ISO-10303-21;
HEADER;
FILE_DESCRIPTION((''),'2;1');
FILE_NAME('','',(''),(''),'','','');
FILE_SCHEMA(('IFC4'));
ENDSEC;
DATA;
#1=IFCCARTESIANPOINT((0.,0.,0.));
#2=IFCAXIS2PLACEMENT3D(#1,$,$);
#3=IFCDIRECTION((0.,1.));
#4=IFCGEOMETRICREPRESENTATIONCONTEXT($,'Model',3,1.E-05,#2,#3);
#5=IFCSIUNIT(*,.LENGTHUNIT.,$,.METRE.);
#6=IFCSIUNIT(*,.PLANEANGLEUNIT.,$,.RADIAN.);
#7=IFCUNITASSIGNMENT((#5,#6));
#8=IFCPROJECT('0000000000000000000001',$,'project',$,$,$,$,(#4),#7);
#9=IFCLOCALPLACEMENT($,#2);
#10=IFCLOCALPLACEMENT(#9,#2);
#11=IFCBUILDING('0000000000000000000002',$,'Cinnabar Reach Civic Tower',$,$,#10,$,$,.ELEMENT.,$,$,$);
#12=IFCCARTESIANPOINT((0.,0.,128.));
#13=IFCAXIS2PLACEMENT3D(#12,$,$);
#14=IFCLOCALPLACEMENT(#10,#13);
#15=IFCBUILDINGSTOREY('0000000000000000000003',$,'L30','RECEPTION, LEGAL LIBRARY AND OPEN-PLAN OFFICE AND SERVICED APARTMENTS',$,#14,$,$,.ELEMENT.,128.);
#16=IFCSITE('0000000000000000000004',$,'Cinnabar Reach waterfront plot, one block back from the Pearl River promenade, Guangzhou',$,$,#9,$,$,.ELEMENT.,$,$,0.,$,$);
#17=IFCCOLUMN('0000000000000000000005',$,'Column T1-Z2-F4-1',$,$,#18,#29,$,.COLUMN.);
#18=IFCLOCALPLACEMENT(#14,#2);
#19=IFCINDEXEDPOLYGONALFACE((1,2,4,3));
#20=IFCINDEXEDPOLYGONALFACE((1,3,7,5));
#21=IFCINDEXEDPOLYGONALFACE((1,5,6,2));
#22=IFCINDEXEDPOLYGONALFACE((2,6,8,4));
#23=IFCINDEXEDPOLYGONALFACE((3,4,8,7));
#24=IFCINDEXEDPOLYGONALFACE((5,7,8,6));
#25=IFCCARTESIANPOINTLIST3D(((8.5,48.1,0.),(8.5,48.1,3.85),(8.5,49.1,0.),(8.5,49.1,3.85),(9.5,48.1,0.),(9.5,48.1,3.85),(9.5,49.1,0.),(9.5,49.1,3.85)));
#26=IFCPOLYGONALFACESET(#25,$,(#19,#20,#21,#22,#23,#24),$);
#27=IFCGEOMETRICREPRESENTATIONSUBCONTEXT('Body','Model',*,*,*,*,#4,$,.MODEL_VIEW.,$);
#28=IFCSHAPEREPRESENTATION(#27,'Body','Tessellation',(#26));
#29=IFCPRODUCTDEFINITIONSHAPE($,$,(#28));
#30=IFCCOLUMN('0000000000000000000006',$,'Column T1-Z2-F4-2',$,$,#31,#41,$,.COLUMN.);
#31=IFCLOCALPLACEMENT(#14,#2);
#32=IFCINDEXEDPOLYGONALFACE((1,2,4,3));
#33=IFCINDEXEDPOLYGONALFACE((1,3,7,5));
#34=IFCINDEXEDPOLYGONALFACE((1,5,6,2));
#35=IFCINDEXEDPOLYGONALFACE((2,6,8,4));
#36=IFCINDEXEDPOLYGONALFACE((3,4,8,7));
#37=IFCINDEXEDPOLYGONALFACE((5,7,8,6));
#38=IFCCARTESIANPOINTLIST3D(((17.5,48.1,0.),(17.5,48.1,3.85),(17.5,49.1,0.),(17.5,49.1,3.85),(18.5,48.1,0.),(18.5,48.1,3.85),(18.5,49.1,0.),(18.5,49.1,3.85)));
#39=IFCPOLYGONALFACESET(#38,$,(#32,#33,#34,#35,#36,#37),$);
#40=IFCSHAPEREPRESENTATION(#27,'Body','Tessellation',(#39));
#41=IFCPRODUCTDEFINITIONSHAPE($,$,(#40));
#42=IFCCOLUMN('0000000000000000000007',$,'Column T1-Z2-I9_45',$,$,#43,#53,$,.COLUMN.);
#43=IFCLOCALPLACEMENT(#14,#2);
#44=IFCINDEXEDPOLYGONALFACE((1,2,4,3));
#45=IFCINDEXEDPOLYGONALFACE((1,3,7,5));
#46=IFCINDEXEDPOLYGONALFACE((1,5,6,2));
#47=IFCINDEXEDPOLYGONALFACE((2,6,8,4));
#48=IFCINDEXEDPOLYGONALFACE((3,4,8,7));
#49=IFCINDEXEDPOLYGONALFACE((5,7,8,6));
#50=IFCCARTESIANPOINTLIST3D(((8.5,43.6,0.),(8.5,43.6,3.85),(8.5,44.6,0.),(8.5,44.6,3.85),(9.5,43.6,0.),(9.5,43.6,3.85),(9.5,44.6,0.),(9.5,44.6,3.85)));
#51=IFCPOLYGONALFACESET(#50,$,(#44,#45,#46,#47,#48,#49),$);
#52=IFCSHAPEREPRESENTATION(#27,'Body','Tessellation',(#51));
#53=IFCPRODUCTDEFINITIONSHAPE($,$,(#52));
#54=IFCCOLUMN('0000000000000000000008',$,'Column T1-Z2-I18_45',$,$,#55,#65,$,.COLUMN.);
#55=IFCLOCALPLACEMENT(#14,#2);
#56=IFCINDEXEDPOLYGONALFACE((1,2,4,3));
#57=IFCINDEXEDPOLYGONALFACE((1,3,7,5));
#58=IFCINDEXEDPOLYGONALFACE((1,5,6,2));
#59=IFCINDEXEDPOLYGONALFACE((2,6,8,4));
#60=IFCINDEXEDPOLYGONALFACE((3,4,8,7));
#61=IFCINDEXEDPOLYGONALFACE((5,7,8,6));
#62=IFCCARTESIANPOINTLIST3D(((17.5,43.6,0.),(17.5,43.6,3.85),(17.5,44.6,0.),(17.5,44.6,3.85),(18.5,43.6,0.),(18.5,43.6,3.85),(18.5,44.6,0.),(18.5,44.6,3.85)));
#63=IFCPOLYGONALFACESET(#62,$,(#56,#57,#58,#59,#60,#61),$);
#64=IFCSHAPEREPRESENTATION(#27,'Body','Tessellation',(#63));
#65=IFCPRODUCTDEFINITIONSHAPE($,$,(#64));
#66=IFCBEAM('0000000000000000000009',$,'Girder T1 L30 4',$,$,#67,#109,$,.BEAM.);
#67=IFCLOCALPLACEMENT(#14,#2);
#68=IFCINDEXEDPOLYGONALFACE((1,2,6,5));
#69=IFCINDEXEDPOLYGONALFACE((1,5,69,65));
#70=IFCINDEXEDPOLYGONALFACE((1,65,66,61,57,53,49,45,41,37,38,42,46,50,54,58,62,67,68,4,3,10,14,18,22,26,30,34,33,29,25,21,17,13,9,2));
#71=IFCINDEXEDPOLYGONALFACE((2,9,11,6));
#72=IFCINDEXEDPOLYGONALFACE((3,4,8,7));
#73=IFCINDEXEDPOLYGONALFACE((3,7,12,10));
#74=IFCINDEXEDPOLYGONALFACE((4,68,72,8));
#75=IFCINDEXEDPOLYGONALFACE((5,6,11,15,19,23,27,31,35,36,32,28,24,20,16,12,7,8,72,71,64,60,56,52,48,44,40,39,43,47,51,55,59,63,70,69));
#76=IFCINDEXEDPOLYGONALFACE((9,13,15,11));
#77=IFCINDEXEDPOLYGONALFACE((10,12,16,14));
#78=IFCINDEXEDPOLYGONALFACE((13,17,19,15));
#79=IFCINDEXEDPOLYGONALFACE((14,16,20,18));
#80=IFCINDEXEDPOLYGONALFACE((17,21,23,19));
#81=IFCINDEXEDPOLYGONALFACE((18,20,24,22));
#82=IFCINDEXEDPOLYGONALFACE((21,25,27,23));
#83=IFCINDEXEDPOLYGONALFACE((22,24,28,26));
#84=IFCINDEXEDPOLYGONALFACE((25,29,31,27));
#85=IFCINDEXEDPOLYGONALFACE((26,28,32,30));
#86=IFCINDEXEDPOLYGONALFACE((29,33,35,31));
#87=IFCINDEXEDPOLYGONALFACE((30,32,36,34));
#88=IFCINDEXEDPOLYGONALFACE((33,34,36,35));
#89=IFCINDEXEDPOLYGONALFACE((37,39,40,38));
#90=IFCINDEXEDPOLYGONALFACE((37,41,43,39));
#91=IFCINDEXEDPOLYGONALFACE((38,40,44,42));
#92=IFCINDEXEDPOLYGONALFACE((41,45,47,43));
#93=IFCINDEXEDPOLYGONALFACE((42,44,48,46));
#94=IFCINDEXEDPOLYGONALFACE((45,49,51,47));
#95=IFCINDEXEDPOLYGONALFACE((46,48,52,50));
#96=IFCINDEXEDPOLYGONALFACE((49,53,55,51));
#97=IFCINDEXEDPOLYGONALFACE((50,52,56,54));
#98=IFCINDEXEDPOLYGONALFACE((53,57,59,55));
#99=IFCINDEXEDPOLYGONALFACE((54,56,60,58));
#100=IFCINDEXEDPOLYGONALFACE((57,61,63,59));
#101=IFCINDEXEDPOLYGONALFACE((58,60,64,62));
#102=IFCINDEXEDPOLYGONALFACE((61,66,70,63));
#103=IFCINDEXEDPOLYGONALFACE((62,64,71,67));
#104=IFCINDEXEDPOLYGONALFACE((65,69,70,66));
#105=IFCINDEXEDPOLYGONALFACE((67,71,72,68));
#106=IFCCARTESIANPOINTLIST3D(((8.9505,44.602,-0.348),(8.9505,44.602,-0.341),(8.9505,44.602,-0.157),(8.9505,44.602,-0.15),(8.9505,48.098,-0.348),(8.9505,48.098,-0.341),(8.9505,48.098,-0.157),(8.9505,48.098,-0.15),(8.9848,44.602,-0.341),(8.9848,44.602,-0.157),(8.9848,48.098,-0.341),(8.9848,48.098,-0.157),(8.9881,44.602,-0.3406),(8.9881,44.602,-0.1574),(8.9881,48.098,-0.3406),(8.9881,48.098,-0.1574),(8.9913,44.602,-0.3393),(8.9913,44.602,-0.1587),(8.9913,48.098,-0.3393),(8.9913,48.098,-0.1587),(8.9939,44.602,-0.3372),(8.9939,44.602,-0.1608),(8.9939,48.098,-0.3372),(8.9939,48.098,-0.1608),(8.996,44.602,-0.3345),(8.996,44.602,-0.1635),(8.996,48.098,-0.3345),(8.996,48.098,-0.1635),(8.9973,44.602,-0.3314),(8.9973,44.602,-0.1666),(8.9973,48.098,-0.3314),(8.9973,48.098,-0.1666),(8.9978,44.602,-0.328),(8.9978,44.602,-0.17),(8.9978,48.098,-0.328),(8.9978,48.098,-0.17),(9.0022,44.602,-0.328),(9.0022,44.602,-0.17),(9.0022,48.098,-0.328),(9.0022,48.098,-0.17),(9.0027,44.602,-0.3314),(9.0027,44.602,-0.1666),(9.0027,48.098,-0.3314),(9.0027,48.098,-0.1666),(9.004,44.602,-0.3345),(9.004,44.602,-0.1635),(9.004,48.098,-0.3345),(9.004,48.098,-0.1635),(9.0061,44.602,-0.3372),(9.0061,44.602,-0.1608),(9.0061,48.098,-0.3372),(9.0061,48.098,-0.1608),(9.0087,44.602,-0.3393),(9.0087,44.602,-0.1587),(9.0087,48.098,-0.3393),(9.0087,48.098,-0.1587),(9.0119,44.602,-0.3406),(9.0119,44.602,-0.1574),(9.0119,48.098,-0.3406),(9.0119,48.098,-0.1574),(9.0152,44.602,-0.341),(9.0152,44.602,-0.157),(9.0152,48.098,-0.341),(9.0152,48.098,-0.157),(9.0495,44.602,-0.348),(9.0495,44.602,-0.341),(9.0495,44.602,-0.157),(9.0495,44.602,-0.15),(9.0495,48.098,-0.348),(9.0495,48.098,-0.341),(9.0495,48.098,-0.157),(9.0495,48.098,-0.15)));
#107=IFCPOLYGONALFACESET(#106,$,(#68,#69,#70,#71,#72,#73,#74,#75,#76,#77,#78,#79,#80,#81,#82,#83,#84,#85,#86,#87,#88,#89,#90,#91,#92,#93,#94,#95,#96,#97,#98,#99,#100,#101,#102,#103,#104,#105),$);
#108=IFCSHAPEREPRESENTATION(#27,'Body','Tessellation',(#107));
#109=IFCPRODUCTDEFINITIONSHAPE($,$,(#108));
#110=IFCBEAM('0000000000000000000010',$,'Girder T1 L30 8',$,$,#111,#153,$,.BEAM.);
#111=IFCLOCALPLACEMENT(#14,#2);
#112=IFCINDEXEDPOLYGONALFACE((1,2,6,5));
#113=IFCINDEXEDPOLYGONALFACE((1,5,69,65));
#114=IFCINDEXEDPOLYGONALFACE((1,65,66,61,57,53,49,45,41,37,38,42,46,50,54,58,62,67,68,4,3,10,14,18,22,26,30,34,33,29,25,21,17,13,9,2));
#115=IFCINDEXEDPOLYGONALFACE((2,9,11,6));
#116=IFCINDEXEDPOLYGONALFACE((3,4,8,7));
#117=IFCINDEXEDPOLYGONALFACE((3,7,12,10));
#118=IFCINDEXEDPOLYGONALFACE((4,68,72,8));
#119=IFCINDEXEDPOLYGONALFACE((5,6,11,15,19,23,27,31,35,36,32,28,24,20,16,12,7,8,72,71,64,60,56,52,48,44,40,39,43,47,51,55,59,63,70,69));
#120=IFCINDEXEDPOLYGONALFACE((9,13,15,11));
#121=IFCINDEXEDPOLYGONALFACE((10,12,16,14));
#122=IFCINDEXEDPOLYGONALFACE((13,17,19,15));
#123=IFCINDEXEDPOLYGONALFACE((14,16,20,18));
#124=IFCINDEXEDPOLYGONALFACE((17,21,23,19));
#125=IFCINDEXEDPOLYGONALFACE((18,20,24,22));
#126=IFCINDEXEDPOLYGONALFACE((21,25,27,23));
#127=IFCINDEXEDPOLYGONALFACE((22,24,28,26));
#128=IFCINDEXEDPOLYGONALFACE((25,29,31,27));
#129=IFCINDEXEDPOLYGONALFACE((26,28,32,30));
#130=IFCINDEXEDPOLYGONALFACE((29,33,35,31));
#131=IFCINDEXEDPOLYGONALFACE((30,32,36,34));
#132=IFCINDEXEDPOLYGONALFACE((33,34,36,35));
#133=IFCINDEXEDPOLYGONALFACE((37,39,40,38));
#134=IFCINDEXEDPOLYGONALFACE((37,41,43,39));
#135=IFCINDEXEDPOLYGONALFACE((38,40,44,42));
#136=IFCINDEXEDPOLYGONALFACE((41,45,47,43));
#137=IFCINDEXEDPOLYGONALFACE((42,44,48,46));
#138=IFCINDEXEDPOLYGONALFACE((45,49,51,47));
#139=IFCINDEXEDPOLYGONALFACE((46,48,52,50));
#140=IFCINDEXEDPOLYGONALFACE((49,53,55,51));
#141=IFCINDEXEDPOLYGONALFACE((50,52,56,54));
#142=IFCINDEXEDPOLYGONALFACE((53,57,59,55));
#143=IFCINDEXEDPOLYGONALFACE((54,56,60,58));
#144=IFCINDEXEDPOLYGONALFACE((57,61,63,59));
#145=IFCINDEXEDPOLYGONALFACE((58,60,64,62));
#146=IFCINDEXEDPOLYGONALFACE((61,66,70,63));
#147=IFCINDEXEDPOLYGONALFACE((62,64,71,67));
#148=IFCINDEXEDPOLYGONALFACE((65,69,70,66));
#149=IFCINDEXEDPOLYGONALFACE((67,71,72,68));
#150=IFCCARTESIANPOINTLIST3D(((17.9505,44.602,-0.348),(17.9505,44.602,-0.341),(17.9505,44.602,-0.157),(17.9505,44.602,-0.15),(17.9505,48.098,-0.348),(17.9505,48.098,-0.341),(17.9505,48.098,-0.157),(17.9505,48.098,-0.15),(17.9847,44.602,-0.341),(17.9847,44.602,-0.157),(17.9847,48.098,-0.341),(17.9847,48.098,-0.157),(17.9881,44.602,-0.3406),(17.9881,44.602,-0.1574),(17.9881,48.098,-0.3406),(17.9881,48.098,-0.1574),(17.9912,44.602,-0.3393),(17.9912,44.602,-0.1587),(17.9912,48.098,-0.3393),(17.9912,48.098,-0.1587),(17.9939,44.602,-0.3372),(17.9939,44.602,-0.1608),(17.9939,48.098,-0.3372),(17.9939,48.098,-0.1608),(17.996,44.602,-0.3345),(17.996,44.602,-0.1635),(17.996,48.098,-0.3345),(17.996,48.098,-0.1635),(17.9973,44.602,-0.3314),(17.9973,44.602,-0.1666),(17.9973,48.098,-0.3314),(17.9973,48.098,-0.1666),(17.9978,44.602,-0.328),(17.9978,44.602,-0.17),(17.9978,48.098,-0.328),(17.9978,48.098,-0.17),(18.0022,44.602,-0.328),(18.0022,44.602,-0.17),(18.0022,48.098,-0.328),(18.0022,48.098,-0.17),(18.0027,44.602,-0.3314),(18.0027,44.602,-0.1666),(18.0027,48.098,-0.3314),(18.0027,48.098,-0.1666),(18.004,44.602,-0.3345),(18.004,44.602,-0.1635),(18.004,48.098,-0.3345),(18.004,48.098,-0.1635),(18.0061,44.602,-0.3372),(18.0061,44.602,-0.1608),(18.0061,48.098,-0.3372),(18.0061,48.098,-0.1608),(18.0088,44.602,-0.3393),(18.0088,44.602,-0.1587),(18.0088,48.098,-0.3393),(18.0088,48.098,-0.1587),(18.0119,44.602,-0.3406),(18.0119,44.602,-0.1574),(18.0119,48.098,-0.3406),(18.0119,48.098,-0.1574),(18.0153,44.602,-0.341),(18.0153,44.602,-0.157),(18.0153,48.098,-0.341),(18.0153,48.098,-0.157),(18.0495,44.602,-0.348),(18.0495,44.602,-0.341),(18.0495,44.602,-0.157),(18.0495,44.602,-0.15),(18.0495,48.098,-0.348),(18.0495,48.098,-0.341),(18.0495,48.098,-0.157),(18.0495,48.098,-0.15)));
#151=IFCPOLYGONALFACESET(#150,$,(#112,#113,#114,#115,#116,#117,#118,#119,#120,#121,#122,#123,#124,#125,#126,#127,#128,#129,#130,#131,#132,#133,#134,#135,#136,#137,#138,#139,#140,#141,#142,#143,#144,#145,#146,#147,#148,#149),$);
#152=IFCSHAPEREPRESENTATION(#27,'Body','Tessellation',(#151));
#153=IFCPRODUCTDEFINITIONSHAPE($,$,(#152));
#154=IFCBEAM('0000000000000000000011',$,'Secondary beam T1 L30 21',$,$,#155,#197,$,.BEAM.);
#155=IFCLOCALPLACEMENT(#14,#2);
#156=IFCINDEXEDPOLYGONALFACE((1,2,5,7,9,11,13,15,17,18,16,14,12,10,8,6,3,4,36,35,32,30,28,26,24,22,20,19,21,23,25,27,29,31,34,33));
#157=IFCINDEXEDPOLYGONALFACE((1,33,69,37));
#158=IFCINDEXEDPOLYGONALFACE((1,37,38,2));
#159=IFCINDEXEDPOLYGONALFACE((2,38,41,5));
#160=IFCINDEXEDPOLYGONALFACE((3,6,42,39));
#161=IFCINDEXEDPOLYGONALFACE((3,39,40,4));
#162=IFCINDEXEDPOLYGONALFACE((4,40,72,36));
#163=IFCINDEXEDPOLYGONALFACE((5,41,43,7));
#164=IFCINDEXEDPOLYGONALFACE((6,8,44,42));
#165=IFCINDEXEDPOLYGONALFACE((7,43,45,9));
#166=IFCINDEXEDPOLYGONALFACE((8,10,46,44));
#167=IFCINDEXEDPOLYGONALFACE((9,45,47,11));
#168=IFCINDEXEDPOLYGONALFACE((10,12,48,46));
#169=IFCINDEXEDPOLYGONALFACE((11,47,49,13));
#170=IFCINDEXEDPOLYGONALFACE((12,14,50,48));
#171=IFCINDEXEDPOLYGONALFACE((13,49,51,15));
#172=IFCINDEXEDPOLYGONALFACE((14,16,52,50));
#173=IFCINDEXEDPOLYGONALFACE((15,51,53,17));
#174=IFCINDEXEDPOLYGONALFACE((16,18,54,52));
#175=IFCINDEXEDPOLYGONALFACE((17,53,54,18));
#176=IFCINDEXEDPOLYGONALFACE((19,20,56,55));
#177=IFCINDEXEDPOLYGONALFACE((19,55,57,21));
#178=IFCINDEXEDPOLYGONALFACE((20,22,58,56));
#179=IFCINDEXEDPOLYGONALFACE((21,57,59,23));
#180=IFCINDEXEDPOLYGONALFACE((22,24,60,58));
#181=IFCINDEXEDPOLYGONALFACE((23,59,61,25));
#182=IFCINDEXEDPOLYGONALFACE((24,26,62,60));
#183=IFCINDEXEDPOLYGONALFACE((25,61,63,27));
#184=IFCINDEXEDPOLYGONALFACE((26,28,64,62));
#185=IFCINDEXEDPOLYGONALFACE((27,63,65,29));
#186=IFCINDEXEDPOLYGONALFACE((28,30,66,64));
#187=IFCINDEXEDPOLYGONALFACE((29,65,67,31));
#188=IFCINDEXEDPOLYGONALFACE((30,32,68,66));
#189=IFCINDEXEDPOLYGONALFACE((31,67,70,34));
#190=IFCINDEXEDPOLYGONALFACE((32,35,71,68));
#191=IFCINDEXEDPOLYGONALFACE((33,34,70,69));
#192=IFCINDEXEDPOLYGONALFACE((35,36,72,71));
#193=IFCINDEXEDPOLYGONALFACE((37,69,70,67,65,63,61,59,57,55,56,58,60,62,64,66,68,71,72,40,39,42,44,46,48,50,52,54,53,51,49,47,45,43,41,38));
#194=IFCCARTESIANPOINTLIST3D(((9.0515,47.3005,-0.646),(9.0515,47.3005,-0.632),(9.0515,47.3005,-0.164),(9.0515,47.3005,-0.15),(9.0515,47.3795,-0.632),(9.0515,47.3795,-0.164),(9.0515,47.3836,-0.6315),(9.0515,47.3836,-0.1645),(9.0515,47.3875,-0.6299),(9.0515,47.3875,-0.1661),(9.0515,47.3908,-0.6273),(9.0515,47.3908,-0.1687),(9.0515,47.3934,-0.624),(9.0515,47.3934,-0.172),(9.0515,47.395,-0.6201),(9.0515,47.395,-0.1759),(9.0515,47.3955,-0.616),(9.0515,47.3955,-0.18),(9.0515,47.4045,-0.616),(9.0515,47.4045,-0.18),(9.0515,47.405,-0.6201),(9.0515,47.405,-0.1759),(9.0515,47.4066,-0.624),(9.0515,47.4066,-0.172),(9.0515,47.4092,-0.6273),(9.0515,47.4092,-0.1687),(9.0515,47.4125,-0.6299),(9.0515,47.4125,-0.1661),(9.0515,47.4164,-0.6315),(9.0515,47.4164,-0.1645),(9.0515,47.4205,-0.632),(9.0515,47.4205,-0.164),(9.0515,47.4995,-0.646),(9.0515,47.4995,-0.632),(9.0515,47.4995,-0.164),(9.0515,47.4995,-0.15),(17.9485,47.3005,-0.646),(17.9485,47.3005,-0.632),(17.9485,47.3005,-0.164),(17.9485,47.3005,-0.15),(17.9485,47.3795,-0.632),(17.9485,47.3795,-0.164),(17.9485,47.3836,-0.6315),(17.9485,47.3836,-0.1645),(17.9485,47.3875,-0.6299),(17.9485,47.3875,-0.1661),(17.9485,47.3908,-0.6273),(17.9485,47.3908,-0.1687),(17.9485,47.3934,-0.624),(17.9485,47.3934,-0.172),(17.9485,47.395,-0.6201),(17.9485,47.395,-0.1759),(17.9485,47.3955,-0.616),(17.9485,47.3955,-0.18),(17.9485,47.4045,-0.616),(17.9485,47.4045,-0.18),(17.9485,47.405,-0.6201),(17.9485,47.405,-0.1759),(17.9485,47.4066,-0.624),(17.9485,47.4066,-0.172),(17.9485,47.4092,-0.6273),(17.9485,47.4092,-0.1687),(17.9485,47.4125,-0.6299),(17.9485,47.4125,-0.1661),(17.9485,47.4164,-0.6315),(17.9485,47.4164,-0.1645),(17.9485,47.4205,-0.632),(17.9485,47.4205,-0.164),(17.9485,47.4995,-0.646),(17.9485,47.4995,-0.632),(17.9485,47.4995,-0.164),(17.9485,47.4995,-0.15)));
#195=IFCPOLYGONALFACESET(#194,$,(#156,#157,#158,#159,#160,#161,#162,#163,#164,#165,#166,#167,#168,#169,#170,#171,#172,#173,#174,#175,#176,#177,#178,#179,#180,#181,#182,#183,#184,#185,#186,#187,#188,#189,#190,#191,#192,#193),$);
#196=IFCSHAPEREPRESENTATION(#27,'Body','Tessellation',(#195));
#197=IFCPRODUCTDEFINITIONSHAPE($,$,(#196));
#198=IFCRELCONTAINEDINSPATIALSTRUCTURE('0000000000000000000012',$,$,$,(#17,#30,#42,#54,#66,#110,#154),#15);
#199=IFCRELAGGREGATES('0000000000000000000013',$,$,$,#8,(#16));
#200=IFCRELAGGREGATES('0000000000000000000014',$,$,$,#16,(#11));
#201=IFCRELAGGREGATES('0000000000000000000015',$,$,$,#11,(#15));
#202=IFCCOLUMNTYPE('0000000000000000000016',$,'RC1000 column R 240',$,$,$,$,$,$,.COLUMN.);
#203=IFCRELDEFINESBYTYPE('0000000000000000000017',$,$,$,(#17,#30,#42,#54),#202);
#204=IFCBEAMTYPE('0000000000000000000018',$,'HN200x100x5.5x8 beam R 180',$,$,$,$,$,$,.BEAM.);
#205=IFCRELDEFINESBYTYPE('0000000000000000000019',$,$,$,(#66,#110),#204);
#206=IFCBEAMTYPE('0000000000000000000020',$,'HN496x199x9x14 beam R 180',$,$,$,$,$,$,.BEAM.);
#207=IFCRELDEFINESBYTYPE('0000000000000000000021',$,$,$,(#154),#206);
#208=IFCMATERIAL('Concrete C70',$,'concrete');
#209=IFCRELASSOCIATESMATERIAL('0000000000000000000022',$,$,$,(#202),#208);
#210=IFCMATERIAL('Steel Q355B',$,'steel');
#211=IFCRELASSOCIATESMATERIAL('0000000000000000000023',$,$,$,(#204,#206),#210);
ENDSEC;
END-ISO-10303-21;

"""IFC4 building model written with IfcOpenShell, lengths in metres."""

from ifc_helpers import new_model, si_unit, direction, frame, origin, origin_2d, place, context, subcontext, project, spatial, rectangle, i_section, extrude, material, material_profile, profile_set, type_object, element, save


model = new_model("IFC4")

# Units and contexts
model_context = context("Model", 3, precision=1e-05, world=origin(), true_north=direction((0.0, 1.0)))
body_context = subcontext(model_context, "Body", "Model", "MODEL_VIEW")
ifc_project = project(units=[si_unit("LENGTHUNIT", "METRE"), si_unit("PLANEANGLEUNIT", "RADIAN")], contexts=[model_context])

# Site, building, storey
site_placement = place(None, origin())
site = spatial("IfcSite", under=ifc_project, at=site_placement, Name="Cinnabar Reach waterfront plot, one block back from the Pearl River promenade, Guangzhou", CompositionType="ELEMENT", RefElevation=0.0)
building_placement = place(site_placement, origin())
building = spatial("IfcBuilding", under=site, at=building_placement, Name="Cinnabar Reach Civic Tower", CompositionType="ELEMENT")
storey_placement = place(building_placement, frame((0.0, 0.0, 128.0)))
storey = spatial("IfcBuildingStorey", under=building, at=storey_placement, Name="L30", Description="RECEPTION, LEGAL LIBRARY AND OPEN-PLAN OFFICE AND SERVICED APARTMENTS", CompositionType="ELEMENT", Elevation=128.0)

# Columns
ifc_material_1 = material(Name="Concrete C70", Category="concrete")
ifc_material_profile_1 = material_profile(ifc_material_1, rectangle(XDim=1.0, YDim=1.0, at=origin_2d()), Name="RC1000")
ifc_profile_set_1 = profile_set([ifc_material_profile_1], Name="Concrete C70")
column_type = type_object("IfcColumnType", Name="RC1000 column R 240", PredefinedType="COLUMN", material=ifc_profile_set_1)
for number, where, z_axis, x_axis, name in (
    (1, (9.0, 48.6, 0.0), (0.0, 0.0, 1.0), (1.0, 0.0, 0.0), "Column T1-Z2-F4-1"),
    (2, (18.0, 48.6, 0.0), (0.0, 0.0, 1.0), (1.0, 0.0, 0.0), "Column T1-Z2-F4-2"),
    (3, (9.0, 44.1, 0.0), (0.0, 0.0, 1.0), (1.0, 0.0, 0.0), "Column T1-Z2-I9_45"),
    (4, (18.0, 44.1, 0.0), (0.0, 0.0, 1.0), (1.0, 0.0, 0.0), "Column T1-Z2-I18_45"),
):
    element("IfcColumn", number, at=place(storey_placement, frame(where, z_axis=z_axis, x_axis=x_axis)), inside=storey, type_object=column_type, Name=name, PredefinedType="COLUMN", context=body_context, shape_type="SweptSolid", body=[
        extrude(rectangle(XDim=1.0, YDim=1.0, at=origin_2d()), origin(), (0.0, 0.0, 1.0), 3.85),
    ])

# Beams
ifc_material_2 = material(Name="Steel Q355B", Category="steel")
ifc_material_profile_2 = material_profile(ifc_material_2, i_section(OverallWidth=0.099, OverallDepth=0.198, WebThickness=0.0045, FlangeThickness=0.007, FilletRadius=0.013, at=origin_2d()), Name="HN200x100x5.5x8")
ifc_profile_set_2 = profile_set([ifc_material_profile_2], Name="Steel Q355B")
beam_type_1 = type_object("IfcBeamType", Name="HN200x100x5.5x8 beam R 180", PredefinedType="BEAM", material=ifc_profile_set_2)
for number, where, z_axis, x_axis, name in (
    (5, (9.0, 44.602, -0.249), (0.0, 1.0, 0.0), (-1.0, 0.0, 0.0), "Girder T1 L30 4"),
    (6, (18.0, 44.602, -0.249), (0.0, 1.0, 0.0), (-1.0, 0.0, 0.0), "Girder T1 L30 8"),
):
    element("IfcBeam", number, at=place(storey_placement, frame(where, z_axis=z_axis, x_axis=x_axis)), inside=storey, type_object=beam_type_1, Name=name, PredefinedType="BEAM", context=body_context, shape_type="SweptSolid", body=[
        extrude(i_section(OverallWidth=0.099, OverallDepth=0.198, WebThickness=0.0045, FlangeThickness=0.007, FilletRadius=0.013, at=origin_2d()), origin(), (0.0, 0.0, 1.0), 3.496),
    ])
ifc_material_profile_3 = material_profile(ifc_material_2, i_section(OverallWidth=0.199, OverallDepth=0.496, WebThickness=0.009, FlangeThickness=0.014, FilletRadius=0.016, at=origin_2d()), Name="HN496x199x9x14")
ifc_profile_set_3 = profile_set([ifc_material_profile_3], Name="Steel Q355B")
beam_type_2 = type_object("IfcBeamType", Name="HN496x199x9x14 beam R 180", PredefinedType="BEAM", material=ifc_profile_set_3)
for number, where, z_axis, x_axis, name in (
    (7, (9.0515, 47.4, -0.398), (1.0, 0.0, 0.0), (0.0, 1.0, 0.0), "Secondary beam T1 L30 21"),
):
    element("IfcBeam", number, at=place(storey_placement, frame(where, z_axis=z_axis, x_axis=x_axis)), inside=storey, type_object=beam_type_2, Name=name, PredefinedType="BEAM", context=body_context, shape_type="SweptSolid", body=[
        extrude(i_section(OverallWidth=0.199, OverallDepth=0.496, WebThickness=0.009, FlangeThickness=0.014, FilletRadius=0.016, at=origin_2d()), origin(), (0.0, 0.0, 1.0), 8.897),
    ])

save(model, "model.ifc")
